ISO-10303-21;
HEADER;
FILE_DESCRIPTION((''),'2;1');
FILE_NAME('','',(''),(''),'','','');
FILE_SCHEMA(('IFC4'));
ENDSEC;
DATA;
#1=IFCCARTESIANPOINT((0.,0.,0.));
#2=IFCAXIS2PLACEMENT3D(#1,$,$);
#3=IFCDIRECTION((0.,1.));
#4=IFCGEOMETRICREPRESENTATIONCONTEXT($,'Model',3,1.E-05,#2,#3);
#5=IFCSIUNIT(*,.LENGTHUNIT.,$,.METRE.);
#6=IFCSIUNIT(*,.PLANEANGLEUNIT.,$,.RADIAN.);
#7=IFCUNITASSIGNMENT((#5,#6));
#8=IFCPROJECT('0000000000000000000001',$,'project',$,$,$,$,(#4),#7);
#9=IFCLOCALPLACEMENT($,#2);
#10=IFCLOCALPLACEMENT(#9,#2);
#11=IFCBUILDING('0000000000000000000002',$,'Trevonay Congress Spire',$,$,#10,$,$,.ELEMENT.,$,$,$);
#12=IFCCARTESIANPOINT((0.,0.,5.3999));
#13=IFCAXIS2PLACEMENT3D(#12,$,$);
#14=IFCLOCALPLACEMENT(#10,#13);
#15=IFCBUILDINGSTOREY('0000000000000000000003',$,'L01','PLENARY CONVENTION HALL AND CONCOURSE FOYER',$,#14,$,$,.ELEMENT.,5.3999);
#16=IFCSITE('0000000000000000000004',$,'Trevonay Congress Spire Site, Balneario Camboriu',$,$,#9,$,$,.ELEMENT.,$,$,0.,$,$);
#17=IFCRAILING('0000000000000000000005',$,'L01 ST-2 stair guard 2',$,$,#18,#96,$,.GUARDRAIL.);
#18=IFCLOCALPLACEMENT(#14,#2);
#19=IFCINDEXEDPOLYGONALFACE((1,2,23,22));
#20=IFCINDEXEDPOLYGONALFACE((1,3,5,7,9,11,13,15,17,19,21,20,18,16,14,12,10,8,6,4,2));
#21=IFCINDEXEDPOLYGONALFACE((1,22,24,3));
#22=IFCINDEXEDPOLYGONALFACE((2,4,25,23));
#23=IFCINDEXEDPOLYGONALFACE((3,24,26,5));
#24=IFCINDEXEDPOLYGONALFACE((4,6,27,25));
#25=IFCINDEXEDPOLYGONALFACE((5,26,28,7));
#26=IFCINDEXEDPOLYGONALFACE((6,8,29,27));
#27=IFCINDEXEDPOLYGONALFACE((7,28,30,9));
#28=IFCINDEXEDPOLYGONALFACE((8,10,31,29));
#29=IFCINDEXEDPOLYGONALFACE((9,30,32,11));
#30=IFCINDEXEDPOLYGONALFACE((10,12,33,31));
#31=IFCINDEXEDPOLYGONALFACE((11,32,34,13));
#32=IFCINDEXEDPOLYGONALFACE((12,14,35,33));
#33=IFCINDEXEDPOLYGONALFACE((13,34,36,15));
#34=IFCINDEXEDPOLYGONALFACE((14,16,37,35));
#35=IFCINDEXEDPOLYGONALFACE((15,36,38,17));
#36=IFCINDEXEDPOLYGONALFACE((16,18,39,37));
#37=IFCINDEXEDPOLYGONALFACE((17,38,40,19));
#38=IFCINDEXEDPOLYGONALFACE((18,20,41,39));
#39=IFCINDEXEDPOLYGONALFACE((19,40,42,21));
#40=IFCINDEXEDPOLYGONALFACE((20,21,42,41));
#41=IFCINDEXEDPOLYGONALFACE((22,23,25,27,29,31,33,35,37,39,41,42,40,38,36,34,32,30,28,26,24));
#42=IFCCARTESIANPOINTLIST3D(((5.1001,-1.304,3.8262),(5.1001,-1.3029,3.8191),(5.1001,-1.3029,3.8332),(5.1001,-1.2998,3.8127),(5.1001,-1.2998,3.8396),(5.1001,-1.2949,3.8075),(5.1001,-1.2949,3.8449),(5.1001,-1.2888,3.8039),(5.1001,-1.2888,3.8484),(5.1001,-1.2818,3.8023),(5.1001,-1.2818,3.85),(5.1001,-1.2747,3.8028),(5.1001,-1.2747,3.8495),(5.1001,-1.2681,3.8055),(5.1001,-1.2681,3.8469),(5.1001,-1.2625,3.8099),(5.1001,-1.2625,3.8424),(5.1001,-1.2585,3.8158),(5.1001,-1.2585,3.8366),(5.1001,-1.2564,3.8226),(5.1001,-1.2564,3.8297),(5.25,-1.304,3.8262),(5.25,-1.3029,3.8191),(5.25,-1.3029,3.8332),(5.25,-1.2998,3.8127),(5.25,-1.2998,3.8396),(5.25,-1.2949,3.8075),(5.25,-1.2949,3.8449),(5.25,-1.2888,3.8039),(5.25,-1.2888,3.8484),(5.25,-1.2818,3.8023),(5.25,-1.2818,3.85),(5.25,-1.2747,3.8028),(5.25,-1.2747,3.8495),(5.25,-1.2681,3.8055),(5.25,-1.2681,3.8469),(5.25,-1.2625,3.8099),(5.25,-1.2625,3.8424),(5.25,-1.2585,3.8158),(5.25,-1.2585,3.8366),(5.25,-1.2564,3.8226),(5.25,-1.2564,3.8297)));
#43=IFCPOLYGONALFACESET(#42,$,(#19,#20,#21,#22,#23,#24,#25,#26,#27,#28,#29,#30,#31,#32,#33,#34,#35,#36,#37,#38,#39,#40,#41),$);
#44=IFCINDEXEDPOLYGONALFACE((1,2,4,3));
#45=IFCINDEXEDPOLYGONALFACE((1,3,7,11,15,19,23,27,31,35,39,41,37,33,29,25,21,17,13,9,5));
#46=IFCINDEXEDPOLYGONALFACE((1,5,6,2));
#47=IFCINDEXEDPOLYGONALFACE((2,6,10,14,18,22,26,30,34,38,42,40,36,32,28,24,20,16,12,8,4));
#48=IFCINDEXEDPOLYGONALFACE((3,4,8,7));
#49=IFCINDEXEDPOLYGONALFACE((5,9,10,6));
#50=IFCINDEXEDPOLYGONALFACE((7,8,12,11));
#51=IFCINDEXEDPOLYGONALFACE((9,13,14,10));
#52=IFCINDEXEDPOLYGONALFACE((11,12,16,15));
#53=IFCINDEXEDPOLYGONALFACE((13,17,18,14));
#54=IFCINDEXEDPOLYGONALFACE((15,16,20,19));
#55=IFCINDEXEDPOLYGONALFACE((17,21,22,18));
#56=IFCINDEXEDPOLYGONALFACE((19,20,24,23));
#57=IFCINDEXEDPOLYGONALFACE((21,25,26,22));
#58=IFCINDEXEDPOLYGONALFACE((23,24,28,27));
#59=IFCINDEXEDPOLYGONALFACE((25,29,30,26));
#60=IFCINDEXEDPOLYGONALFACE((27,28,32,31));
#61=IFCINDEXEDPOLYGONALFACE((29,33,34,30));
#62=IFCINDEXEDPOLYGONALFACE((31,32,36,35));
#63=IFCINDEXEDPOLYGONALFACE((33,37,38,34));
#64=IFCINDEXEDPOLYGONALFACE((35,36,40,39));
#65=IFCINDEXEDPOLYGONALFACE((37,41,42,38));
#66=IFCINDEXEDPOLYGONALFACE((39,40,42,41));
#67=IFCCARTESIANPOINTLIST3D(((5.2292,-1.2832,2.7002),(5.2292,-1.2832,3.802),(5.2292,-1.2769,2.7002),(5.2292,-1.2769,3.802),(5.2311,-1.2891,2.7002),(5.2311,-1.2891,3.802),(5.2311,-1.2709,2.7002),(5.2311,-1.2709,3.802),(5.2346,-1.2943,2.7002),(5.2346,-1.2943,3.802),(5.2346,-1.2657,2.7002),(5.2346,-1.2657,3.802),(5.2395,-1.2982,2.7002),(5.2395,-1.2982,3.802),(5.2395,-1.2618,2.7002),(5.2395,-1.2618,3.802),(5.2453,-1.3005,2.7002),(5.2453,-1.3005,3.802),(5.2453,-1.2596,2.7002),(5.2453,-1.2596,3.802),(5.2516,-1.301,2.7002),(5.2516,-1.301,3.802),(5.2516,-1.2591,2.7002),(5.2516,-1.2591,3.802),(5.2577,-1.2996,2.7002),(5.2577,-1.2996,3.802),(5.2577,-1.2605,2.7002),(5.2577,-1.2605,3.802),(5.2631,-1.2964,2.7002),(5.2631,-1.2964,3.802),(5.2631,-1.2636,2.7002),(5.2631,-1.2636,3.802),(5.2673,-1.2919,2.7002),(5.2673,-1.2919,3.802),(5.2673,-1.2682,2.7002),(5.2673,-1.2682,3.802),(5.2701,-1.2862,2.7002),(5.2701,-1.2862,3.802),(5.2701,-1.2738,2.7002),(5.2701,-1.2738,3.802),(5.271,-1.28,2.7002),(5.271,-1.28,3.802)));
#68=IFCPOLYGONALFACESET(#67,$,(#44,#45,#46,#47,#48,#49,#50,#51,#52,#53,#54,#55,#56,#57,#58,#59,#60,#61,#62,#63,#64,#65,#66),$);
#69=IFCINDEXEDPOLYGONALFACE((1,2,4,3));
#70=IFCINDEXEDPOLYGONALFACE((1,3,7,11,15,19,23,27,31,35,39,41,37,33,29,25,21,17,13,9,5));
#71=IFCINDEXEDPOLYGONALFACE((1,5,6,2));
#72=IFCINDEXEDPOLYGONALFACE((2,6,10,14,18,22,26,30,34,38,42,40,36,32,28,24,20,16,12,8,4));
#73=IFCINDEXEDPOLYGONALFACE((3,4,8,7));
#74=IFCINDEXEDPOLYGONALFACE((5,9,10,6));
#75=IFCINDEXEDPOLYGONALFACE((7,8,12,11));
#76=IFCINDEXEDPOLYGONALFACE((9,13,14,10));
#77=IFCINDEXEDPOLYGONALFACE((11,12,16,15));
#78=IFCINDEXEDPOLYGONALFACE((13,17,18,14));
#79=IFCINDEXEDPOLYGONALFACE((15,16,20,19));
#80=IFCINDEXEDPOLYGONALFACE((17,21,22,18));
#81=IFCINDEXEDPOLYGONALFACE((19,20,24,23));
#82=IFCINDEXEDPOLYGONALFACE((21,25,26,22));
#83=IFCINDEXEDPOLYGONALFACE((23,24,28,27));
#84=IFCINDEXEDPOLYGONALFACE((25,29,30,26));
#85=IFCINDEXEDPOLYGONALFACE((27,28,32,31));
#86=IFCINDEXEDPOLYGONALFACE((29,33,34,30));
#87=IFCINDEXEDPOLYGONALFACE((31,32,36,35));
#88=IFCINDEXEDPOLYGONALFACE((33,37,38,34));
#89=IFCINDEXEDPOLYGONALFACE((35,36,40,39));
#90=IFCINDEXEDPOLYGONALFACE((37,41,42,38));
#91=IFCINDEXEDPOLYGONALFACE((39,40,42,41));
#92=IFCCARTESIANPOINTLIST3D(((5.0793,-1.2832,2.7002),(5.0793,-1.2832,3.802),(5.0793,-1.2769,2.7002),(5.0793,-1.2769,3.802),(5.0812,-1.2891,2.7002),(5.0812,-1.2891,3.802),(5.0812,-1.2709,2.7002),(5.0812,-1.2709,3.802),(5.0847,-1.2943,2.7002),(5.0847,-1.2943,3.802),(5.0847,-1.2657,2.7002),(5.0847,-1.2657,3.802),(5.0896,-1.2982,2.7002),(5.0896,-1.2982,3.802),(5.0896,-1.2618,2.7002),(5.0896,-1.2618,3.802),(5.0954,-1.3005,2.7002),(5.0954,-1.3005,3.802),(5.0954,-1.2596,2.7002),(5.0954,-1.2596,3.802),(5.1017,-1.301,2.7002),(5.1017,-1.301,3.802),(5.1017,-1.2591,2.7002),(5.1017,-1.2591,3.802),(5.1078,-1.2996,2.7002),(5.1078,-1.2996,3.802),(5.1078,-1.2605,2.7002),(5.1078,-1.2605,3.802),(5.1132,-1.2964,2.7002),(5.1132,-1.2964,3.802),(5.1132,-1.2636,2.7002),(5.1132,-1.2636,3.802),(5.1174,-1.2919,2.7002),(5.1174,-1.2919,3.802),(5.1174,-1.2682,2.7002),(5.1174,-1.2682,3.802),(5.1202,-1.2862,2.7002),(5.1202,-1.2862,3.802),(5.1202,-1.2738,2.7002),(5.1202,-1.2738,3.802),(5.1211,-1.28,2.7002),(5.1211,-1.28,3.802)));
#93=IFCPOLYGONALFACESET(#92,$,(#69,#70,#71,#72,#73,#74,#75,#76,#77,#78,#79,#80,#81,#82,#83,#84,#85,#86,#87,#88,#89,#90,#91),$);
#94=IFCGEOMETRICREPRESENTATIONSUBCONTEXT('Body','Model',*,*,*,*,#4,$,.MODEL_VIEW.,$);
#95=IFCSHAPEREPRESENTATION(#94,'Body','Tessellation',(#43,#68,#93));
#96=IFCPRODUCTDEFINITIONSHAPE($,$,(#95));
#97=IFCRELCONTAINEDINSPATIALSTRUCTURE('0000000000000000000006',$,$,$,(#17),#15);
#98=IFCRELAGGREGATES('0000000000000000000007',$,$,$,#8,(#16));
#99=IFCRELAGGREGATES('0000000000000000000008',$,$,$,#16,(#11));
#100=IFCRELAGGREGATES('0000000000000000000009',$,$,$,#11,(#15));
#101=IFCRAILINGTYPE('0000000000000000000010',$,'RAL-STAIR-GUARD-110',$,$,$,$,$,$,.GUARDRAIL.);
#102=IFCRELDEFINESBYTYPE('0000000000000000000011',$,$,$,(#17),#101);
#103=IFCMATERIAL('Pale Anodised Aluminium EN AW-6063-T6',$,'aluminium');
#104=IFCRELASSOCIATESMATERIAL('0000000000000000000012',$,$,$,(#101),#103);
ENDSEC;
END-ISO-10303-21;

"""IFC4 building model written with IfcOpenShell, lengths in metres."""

from ifc_helpers import new_model, si_unit, direction, frame, origin, origin_2d, place, context, subcontext, project, spatial, circle, extrude, material, type_object, element, save


model = new_model("IFC4")

# Units and contexts
model_context = context("Model", 3, precision=1e-05, world=origin(), true_north=direction((0.0, 1.0)))
body_context = subcontext(model_context, "Body", "Model", "MODEL_VIEW")
ifc_project = project(units=[si_unit("LENGTHUNIT", "METRE"), si_unit("PLANEANGLEUNIT", "RADIAN")], contexts=[model_context])

# Site, building, storey
site_placement = place(None, origin())
site = spatial("IfcSite", under=ifc_project, at=site_placement, Name="Trevonay Congress Spire Site, Balneario Camboriu", CompositionType="ELEMENT", RefElevation=0.0)
building_placement = place(site_placement, origin())
building = spatial("IfcBuilding", under=site, at=building_placement, Name="Trevonay Congress Spire", CompositionType="ELEMENT")
storey_placement = place(building_placement, frame((0.0, 0.0, 5.3999)))
storey = spatial("IfcBuildingStorey", under=building, at=storey_placement, Name="L01", Description="PLENARY CONVENTION HALL AND CONCOURSE FOYER", CompositionType="ELEMENT", Elevation=5.3999)

# Railing
ifc_material_1 = material(Name="Pale Anodised Aluminium EN AW-6063-T6", Category="aluminium")
railing_type_1 = type_object("IfcRailingType", Name="RAL-STAIR-GUARD-110", PredefinedType="GUARDRAIL", material=ifc_material_1)
railing_1_placement = place(storey_placement, frame((5.25, -1.28, 2.7002)))
element("IfcRailing", 1, at=railing_1_placement, inside=storey, type_object=railing_type_1, Name="L01 ST-2 stair guard 2", PredefinedType="GUARDRAIL", context=body_context, shape_type="SweptSolid", body=[
    extrude(circle(Radius=0.0239, at=origin_2d()), frame((0.0, 0.0, 1.126), z_axis=(-1.0, 0.0, 0.0), x_axis=(0.0, -1.0, 0.0)), (0.0, 0.0, 1.0), 0.1499),
    extrude(circle(Radius=0.021, at=origin_2d()), origin(), (0.0, 0.0, 1.0), 1.1018),
    extrude(circle(Radius=0.021, at=origin_2d()), frame((-0.1499, 0.0, 0.0)), (0.0, 0.0, 1.0), 1.1018),
])

save(model, "model.ifc")
